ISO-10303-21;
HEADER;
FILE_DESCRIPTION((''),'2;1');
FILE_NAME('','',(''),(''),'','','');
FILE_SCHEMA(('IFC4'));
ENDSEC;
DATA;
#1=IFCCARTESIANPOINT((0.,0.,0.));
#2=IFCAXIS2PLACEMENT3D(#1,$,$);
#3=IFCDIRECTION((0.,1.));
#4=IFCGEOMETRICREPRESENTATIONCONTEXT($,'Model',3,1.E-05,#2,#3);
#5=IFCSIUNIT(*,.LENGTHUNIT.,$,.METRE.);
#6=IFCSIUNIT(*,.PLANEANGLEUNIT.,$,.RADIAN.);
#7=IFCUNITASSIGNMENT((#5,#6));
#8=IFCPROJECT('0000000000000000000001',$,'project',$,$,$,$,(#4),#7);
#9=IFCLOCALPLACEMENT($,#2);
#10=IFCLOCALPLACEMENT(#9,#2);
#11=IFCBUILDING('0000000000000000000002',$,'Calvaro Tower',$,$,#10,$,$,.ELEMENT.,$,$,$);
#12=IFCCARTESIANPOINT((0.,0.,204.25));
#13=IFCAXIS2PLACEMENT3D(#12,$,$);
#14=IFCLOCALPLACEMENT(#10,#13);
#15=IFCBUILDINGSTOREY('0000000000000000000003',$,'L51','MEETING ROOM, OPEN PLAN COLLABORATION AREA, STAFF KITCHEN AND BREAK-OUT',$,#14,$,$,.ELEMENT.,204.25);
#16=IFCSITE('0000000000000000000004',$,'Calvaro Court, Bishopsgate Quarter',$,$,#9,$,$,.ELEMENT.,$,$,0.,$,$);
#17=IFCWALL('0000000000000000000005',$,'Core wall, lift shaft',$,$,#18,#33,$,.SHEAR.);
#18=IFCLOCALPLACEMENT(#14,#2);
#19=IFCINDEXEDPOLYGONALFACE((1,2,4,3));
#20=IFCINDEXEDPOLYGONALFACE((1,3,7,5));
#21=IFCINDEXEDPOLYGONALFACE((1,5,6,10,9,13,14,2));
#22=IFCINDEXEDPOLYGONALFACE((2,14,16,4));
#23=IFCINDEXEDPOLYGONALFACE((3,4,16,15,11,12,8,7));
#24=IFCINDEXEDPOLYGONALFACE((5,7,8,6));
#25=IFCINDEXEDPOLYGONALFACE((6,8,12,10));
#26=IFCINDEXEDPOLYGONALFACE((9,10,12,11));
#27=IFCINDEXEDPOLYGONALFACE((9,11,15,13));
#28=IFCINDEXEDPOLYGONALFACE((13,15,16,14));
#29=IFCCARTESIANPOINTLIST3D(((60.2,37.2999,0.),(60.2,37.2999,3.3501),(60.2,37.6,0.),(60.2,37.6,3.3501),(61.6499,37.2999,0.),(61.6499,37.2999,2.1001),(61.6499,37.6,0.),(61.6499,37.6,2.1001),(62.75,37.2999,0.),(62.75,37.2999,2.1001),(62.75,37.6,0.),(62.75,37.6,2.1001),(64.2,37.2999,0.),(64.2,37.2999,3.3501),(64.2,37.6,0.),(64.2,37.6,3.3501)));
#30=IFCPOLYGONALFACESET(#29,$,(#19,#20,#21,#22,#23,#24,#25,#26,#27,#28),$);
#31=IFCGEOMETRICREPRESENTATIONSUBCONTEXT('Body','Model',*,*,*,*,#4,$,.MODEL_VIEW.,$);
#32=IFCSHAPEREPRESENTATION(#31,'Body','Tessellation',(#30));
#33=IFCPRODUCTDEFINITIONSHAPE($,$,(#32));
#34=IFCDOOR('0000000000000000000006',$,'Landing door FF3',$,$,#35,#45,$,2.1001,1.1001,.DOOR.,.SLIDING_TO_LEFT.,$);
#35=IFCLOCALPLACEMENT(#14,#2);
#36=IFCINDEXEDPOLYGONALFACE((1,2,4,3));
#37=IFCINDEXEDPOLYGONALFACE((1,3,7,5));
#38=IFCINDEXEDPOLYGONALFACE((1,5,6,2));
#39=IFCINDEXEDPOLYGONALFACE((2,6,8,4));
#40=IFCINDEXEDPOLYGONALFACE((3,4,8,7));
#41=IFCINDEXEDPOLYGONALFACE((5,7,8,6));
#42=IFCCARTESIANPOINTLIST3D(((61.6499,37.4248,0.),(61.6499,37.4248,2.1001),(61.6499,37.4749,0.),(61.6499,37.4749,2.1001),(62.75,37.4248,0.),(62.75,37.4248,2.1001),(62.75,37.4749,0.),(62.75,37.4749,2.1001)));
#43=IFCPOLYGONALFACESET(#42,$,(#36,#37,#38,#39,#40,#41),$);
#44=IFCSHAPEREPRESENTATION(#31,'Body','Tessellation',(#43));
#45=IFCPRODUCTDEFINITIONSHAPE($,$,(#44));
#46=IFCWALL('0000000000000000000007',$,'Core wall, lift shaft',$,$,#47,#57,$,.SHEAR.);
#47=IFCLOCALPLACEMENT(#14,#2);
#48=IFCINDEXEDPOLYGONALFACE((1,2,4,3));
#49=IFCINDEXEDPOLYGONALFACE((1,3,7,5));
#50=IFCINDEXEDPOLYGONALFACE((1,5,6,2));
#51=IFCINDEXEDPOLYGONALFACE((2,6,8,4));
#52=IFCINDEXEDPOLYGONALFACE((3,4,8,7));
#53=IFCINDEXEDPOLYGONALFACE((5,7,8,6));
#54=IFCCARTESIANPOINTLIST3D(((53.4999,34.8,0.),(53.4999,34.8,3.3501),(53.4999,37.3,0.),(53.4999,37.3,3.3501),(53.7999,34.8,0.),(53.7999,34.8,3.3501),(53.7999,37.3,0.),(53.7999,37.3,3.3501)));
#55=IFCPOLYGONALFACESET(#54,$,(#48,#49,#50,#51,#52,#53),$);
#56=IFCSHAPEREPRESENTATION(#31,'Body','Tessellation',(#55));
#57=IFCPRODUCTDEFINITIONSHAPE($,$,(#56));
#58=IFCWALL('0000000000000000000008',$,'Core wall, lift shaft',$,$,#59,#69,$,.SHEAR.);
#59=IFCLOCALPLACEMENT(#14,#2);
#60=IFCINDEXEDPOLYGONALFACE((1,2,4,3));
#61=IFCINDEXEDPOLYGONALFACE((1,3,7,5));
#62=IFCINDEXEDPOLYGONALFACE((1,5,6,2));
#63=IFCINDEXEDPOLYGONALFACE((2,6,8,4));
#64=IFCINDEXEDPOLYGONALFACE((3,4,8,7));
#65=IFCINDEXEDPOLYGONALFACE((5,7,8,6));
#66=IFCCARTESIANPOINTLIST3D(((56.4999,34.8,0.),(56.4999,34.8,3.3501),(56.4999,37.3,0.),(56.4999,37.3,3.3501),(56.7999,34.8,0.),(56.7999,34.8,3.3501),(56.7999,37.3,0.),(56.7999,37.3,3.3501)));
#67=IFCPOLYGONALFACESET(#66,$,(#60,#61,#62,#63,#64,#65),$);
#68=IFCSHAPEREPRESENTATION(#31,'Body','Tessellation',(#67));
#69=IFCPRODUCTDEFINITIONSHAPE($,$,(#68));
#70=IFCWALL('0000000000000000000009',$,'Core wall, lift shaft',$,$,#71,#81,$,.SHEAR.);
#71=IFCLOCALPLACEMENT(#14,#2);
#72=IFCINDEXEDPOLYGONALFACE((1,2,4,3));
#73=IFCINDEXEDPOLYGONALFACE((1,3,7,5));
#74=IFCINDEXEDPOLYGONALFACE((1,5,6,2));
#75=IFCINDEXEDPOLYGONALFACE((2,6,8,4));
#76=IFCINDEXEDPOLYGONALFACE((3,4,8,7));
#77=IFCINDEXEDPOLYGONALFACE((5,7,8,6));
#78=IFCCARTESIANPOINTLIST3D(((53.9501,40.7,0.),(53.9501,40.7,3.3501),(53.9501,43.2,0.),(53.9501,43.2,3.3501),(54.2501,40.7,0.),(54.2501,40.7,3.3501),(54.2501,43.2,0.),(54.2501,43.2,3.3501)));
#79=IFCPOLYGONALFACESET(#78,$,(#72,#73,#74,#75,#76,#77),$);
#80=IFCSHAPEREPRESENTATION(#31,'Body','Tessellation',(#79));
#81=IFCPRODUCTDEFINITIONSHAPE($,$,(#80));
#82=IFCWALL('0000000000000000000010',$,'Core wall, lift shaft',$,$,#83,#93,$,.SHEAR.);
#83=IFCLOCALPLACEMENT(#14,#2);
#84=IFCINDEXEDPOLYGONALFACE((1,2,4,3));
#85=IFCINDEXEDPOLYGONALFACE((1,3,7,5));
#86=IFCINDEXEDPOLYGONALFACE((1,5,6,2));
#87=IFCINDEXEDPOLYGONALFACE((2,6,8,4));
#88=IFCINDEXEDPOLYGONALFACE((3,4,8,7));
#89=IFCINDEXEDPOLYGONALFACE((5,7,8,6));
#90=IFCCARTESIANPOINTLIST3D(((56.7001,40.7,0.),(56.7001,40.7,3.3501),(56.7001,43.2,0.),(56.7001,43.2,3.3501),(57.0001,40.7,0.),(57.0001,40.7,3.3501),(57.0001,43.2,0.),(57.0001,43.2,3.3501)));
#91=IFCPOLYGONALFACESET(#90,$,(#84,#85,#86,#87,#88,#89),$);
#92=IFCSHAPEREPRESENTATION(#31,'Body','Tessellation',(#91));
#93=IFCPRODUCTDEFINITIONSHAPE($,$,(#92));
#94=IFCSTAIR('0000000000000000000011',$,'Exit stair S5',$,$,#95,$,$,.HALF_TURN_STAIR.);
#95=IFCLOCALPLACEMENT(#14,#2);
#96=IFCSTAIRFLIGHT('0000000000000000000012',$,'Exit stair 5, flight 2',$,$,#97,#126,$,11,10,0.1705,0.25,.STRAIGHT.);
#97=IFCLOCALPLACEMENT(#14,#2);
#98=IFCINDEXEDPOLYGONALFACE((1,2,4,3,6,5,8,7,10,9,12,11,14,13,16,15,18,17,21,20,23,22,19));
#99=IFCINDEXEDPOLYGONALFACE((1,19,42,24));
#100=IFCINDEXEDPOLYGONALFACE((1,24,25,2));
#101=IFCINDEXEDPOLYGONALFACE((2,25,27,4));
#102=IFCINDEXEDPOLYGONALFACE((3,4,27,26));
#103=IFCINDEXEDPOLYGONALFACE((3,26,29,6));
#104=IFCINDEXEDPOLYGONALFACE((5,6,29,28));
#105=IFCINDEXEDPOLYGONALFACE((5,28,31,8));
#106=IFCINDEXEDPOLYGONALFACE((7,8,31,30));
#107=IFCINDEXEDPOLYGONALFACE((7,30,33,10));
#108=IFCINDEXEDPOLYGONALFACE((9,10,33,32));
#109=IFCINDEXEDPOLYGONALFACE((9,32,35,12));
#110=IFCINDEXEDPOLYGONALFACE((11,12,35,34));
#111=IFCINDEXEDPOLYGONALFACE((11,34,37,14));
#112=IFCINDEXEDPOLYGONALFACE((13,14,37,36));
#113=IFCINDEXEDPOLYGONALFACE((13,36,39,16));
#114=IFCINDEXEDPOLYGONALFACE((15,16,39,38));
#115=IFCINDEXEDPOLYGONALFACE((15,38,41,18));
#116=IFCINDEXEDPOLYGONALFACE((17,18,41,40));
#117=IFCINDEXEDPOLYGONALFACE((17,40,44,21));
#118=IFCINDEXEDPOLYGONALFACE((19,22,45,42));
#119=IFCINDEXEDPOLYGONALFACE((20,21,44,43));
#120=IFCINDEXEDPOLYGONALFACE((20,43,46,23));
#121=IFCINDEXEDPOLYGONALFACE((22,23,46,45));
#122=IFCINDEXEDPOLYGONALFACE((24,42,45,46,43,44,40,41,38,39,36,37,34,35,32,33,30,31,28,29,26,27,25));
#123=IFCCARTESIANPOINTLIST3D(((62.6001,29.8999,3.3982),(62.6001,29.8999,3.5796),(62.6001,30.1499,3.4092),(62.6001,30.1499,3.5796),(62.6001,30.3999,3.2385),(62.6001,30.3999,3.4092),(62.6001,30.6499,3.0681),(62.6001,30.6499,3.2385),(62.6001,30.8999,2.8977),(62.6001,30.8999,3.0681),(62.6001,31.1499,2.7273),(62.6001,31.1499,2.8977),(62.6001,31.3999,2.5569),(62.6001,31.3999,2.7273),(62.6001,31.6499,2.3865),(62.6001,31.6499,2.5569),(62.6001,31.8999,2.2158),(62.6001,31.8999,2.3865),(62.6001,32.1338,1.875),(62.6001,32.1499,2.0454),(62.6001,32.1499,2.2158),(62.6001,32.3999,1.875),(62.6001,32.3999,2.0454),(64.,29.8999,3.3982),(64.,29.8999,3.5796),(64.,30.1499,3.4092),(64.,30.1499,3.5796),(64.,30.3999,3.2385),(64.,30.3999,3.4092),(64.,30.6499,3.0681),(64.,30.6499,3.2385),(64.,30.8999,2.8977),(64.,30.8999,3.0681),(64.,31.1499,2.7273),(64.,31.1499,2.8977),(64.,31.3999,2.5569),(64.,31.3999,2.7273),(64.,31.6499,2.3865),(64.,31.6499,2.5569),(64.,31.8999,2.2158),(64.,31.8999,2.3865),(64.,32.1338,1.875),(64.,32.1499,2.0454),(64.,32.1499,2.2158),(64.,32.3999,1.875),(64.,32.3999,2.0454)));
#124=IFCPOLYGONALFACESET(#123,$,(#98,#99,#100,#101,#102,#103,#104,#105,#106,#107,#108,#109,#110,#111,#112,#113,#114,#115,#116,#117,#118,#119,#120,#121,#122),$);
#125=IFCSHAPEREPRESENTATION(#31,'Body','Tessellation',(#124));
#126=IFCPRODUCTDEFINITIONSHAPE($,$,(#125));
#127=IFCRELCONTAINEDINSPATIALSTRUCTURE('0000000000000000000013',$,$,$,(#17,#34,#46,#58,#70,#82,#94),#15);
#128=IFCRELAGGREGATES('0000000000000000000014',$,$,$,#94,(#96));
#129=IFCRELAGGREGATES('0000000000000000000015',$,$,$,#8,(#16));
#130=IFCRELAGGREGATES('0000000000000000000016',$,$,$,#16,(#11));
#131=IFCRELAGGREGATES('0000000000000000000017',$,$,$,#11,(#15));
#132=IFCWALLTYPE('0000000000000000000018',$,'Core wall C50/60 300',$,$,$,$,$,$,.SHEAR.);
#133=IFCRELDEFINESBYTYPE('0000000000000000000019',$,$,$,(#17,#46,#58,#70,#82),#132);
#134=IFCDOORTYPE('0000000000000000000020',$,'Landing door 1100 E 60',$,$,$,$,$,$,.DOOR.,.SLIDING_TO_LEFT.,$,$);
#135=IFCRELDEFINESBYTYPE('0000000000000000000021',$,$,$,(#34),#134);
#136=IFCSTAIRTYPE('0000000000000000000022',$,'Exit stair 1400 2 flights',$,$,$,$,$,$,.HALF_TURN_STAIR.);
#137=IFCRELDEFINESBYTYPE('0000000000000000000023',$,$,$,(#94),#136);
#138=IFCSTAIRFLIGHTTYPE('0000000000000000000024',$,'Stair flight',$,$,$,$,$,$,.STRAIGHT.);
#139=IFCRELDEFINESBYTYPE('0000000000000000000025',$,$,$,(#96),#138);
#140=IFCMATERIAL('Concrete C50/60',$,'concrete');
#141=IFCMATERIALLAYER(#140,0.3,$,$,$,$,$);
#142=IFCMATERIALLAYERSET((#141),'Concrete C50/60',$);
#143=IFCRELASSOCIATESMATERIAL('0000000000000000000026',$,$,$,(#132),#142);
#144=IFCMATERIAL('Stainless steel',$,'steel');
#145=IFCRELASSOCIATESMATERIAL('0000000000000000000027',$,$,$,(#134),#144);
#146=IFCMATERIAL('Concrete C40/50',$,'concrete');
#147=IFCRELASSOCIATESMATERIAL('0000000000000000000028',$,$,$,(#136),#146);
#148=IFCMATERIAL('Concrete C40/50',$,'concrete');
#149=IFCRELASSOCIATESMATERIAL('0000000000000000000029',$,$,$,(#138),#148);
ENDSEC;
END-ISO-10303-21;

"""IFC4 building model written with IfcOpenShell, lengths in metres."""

from ifc_helpers import new_model, si_unit, direction, frame, frame_2d, origin, place, context, subcontext, project, spatial, polyline, rectangle, outline, extrude, material, layer, layer_set, type_object, element, fill, aggregate, save


model = new_model("IFC4")

# Units and contexts
model_context = context("Model", 3, precision=1e-05, world=origin(), true_north=direction((0.0, 1.0)))
body_context = subcontext(model_context, "Body", "Model", "MODEL_VIEW")
ifc_project = project(units=[si_unit("LENGTHUNIT", "METRE"), si_unit("PLANEANGLEUNIT", "RADIAN")], contexts=[model_context])

# Site, building, storey
site_placement = place(None, origin())
site = spatial("IfcSite", under=ifc_project, at=site_placement, Name="Calvaro Court, Bishopsgate Quarter", CompositionType="ELEMENT", RefElevation=0.0)
building_placement = place(site_placement, origin())
building = spatial("IfcBuilding", under=site, at=building_placement, Name="Calvaro Tower", CompositionType="ELEMENT")
storey_placement = place(building_placement, frame((0.0, 0.0, 204.25)))
storey = spatial("IfcBuildingStorey", under=building, at=storey_placement, Name="L51", Description="MEETING ROOM, OPEN PLAN COLLABORATION AREA, STAFF KITCHEN AND BREAK-OUT", CompositionType="ELEMENT", Elevation=204.25)

# Shared definitions
ifc_material_1 = material(Name="Concrete C50/60", Category="concrete")
ifc_layer_1 = layer(ifc_material_1, 0.3)
ifc_layer_set_1 = layer_set([ifc_layer_1], Name="Concrete C50/60")
wall_type_1 = type_object("IfcWallType", Name="Core wall C50/60 300", PredefinedType="SHEAR", material=ifc_layer_set_1)

# Wall, opening, door
wall_1_placement = place(storey_placement, frame((60.2, 37.45, 0.0), z_axis=(0.0, 0.0, 1.0), x_axis=(1.0, 0.0, 0.0)))
wall_1 = element("IfcWall", 1, at=wall_1_placement, inside=storey, type_object=wall_type_1, Name="Core wall, lift shaft", PredefinedType="SHEAR", context=body_context, shape_type="SweptSolid", body=[
    extrude(rectangle(XDim=4.0, YDim=0.3, at=frame_2d((2.0, 0.0))), origin(), (0.0, 0.0, 1.0), 3.3501),
])
opening_1_placement = place(wall_1_placement, frame((1.45, 0.0, 0.0)))
opening_1 = element("IfcOpeningElement", 2, at=opening_1_placement, cuts=wall_1, PredefinedType="OPENING", context=body_context, shape_type="SweptSolid", body=[
    extrude(rectangle(XDim=1.1001, YDim=2.1001, at=frame_2d((0.55, 1.05))), frame((0.0, 0.1599, 0.0), z_axis=(0.0, -1.0, 0.0), x_axis=(1.0, 0.0, 0.0)), (0.0, 0.0, 1.0), 0.3201),
])
ifc_material_2 = material(Name="Stainless steel", Category="steel")
door_type_1 = type_object("IfcDoorType", Name="Landing door 1100 E 60", OperationType="SLIDING_TO_LEFT", PredefinedType="DOOR", material=ifc_material_2)
door_1_placement = place(opening_1_placement, origin())
door_1 = element("IfcDoor", 3, at=door_1_placement, inside=storey, type_object=door_type_1, Name="Landing door FF3", OperationType="SLIDING_TO_LEFT", OverallHeight=2.1001, OverallWidth=1.1001, PredefinedType="DOOR", context=body_context, shape_type="SweptSolid", body=[
    extrude(rectangle(XDim=1.1001, YDim=2.1001, at=frame_2d((0.55, 1.05))), frame((0.0, 0.0249, 0.0), z_axis=(0.0, -1.0, 0.0), x_axis=(1.0, 0.0, 0.0)), (0.0, 0.0, 1.0), 0.05),
])
fill(opening_1, door_1)

# Walls
for number, where, z_axis, x_axis, name in (
    (4, (53.6499, 34.8, 0.0), (0.0, 0.0, 1.0), (0.0, 1.0, 0.0), "Core wall, lift shaft"),
    (5, (56.6499, 34.8, 0.0), (0.0, 0.0, 1.0), (0.0, 1.0, 0.0), "Core wall, lift shaft"),
    (6, (54.1001, 40.7, 0.0), (0.0, 0.0, 1.0), (0.0, 1.0, 0.0), "Core wall, lift shaft"),
    (7, (56.8501, 40.7, 0.0), (0.0, 0.0, 1.0), (0.0, 1.0, 0.0), "Core wall, lift shaft"),
):
    element("IfcWall", number, at=place(storey_placement, frame(where, z_axis=z_axis, x_axis=x_axis)), inside=storey, type_object=wall_type_1, Name=name, PredefinedType="SHEAR", context=body_context, shape_type="SweptSolid", body=[
        extrude(rectangle(XDim=2.5, YDim=0.3, at=frame_2d((1.25, 0.0))), origin(), (0.0, 0.0, 1.0), 3.3501),
    ])

# Stair, stair flight
ifc_material_3 = material(Name="Concrete C40/50", Category="concrete")
stair_type = type_object("IfcStairType", Name="Exit stair 1400 2 flights", PredefinedType="HALF_TURN_STAIR", material=ifc_material_3)
stair_placement = place(storey_placement, origin())
stair = element("IfcStair", 8, at=stair_placement, inside=storey, type_object=stair_type, Name="Exit stair S5", PredefinedType="HALF_TURN_STAIR")
ifc_material_4 = material(Name="Concrete C40/50", Category="concrete")
stair_flight_type = type_object("IfcStairFlightType", Name="Stair flight", PredefinedType="STRAIGHT", material=ifc_material_4)
stair_flight_placement = place(storey_placement, frame((63.3, 32.3999, 1.875), z_axis=(0.0, 0.0, 1.0), x_axis=(0.0, -1.0, 0.0)))
stair_flight = element("IfcStairFlight", 9, at=stair_flight_placement, type_object=stair_flight_type, Name="Exit stair 5, flight 2", NumberOfRisers=11, NumberOfTreads=10, PredefinedType="STRAIGHT", RiserHeight=0.1705, TreadLength=0.25, context=body_context, shape_type="SweptSolid", body=[
    extrude(outline(polyline([(0.0, 0.0), (0.0, 0.1704), (0.25, 0.1704), (0.25, 0.3408), (0.5, 0.3408), (0.5, 0.5115), (0.75, 0.5115), (0.75, 0.6819), (1.0, 0.6819), (1.0, 0.8523), (1.25, 0.8523), (1.25, 1.0227), (1.5, 1.0227), (1.5, 1.1931), (1.75, 1.1931), (1.75, 1.3635), (2.0, 1.3635), (2.0, 1.5342), (2.25, 1.5342), (2.25, 1.7046), (2.5, 1.7046), (2.5, 1.875), (2.5, 1.5232), (0.2661, 0.0), (0.0, 0.0)])), frame((0.0, 0.7, 0.0), z_axis=(0.0, -1.0, 0.0), x_axis=(1.0, 0.0, 0.0)), (0.0, 0.0, 1.0), 1.3999),
])
aggregate(stair, [stair_flight])

save(model, "model.ifc")
